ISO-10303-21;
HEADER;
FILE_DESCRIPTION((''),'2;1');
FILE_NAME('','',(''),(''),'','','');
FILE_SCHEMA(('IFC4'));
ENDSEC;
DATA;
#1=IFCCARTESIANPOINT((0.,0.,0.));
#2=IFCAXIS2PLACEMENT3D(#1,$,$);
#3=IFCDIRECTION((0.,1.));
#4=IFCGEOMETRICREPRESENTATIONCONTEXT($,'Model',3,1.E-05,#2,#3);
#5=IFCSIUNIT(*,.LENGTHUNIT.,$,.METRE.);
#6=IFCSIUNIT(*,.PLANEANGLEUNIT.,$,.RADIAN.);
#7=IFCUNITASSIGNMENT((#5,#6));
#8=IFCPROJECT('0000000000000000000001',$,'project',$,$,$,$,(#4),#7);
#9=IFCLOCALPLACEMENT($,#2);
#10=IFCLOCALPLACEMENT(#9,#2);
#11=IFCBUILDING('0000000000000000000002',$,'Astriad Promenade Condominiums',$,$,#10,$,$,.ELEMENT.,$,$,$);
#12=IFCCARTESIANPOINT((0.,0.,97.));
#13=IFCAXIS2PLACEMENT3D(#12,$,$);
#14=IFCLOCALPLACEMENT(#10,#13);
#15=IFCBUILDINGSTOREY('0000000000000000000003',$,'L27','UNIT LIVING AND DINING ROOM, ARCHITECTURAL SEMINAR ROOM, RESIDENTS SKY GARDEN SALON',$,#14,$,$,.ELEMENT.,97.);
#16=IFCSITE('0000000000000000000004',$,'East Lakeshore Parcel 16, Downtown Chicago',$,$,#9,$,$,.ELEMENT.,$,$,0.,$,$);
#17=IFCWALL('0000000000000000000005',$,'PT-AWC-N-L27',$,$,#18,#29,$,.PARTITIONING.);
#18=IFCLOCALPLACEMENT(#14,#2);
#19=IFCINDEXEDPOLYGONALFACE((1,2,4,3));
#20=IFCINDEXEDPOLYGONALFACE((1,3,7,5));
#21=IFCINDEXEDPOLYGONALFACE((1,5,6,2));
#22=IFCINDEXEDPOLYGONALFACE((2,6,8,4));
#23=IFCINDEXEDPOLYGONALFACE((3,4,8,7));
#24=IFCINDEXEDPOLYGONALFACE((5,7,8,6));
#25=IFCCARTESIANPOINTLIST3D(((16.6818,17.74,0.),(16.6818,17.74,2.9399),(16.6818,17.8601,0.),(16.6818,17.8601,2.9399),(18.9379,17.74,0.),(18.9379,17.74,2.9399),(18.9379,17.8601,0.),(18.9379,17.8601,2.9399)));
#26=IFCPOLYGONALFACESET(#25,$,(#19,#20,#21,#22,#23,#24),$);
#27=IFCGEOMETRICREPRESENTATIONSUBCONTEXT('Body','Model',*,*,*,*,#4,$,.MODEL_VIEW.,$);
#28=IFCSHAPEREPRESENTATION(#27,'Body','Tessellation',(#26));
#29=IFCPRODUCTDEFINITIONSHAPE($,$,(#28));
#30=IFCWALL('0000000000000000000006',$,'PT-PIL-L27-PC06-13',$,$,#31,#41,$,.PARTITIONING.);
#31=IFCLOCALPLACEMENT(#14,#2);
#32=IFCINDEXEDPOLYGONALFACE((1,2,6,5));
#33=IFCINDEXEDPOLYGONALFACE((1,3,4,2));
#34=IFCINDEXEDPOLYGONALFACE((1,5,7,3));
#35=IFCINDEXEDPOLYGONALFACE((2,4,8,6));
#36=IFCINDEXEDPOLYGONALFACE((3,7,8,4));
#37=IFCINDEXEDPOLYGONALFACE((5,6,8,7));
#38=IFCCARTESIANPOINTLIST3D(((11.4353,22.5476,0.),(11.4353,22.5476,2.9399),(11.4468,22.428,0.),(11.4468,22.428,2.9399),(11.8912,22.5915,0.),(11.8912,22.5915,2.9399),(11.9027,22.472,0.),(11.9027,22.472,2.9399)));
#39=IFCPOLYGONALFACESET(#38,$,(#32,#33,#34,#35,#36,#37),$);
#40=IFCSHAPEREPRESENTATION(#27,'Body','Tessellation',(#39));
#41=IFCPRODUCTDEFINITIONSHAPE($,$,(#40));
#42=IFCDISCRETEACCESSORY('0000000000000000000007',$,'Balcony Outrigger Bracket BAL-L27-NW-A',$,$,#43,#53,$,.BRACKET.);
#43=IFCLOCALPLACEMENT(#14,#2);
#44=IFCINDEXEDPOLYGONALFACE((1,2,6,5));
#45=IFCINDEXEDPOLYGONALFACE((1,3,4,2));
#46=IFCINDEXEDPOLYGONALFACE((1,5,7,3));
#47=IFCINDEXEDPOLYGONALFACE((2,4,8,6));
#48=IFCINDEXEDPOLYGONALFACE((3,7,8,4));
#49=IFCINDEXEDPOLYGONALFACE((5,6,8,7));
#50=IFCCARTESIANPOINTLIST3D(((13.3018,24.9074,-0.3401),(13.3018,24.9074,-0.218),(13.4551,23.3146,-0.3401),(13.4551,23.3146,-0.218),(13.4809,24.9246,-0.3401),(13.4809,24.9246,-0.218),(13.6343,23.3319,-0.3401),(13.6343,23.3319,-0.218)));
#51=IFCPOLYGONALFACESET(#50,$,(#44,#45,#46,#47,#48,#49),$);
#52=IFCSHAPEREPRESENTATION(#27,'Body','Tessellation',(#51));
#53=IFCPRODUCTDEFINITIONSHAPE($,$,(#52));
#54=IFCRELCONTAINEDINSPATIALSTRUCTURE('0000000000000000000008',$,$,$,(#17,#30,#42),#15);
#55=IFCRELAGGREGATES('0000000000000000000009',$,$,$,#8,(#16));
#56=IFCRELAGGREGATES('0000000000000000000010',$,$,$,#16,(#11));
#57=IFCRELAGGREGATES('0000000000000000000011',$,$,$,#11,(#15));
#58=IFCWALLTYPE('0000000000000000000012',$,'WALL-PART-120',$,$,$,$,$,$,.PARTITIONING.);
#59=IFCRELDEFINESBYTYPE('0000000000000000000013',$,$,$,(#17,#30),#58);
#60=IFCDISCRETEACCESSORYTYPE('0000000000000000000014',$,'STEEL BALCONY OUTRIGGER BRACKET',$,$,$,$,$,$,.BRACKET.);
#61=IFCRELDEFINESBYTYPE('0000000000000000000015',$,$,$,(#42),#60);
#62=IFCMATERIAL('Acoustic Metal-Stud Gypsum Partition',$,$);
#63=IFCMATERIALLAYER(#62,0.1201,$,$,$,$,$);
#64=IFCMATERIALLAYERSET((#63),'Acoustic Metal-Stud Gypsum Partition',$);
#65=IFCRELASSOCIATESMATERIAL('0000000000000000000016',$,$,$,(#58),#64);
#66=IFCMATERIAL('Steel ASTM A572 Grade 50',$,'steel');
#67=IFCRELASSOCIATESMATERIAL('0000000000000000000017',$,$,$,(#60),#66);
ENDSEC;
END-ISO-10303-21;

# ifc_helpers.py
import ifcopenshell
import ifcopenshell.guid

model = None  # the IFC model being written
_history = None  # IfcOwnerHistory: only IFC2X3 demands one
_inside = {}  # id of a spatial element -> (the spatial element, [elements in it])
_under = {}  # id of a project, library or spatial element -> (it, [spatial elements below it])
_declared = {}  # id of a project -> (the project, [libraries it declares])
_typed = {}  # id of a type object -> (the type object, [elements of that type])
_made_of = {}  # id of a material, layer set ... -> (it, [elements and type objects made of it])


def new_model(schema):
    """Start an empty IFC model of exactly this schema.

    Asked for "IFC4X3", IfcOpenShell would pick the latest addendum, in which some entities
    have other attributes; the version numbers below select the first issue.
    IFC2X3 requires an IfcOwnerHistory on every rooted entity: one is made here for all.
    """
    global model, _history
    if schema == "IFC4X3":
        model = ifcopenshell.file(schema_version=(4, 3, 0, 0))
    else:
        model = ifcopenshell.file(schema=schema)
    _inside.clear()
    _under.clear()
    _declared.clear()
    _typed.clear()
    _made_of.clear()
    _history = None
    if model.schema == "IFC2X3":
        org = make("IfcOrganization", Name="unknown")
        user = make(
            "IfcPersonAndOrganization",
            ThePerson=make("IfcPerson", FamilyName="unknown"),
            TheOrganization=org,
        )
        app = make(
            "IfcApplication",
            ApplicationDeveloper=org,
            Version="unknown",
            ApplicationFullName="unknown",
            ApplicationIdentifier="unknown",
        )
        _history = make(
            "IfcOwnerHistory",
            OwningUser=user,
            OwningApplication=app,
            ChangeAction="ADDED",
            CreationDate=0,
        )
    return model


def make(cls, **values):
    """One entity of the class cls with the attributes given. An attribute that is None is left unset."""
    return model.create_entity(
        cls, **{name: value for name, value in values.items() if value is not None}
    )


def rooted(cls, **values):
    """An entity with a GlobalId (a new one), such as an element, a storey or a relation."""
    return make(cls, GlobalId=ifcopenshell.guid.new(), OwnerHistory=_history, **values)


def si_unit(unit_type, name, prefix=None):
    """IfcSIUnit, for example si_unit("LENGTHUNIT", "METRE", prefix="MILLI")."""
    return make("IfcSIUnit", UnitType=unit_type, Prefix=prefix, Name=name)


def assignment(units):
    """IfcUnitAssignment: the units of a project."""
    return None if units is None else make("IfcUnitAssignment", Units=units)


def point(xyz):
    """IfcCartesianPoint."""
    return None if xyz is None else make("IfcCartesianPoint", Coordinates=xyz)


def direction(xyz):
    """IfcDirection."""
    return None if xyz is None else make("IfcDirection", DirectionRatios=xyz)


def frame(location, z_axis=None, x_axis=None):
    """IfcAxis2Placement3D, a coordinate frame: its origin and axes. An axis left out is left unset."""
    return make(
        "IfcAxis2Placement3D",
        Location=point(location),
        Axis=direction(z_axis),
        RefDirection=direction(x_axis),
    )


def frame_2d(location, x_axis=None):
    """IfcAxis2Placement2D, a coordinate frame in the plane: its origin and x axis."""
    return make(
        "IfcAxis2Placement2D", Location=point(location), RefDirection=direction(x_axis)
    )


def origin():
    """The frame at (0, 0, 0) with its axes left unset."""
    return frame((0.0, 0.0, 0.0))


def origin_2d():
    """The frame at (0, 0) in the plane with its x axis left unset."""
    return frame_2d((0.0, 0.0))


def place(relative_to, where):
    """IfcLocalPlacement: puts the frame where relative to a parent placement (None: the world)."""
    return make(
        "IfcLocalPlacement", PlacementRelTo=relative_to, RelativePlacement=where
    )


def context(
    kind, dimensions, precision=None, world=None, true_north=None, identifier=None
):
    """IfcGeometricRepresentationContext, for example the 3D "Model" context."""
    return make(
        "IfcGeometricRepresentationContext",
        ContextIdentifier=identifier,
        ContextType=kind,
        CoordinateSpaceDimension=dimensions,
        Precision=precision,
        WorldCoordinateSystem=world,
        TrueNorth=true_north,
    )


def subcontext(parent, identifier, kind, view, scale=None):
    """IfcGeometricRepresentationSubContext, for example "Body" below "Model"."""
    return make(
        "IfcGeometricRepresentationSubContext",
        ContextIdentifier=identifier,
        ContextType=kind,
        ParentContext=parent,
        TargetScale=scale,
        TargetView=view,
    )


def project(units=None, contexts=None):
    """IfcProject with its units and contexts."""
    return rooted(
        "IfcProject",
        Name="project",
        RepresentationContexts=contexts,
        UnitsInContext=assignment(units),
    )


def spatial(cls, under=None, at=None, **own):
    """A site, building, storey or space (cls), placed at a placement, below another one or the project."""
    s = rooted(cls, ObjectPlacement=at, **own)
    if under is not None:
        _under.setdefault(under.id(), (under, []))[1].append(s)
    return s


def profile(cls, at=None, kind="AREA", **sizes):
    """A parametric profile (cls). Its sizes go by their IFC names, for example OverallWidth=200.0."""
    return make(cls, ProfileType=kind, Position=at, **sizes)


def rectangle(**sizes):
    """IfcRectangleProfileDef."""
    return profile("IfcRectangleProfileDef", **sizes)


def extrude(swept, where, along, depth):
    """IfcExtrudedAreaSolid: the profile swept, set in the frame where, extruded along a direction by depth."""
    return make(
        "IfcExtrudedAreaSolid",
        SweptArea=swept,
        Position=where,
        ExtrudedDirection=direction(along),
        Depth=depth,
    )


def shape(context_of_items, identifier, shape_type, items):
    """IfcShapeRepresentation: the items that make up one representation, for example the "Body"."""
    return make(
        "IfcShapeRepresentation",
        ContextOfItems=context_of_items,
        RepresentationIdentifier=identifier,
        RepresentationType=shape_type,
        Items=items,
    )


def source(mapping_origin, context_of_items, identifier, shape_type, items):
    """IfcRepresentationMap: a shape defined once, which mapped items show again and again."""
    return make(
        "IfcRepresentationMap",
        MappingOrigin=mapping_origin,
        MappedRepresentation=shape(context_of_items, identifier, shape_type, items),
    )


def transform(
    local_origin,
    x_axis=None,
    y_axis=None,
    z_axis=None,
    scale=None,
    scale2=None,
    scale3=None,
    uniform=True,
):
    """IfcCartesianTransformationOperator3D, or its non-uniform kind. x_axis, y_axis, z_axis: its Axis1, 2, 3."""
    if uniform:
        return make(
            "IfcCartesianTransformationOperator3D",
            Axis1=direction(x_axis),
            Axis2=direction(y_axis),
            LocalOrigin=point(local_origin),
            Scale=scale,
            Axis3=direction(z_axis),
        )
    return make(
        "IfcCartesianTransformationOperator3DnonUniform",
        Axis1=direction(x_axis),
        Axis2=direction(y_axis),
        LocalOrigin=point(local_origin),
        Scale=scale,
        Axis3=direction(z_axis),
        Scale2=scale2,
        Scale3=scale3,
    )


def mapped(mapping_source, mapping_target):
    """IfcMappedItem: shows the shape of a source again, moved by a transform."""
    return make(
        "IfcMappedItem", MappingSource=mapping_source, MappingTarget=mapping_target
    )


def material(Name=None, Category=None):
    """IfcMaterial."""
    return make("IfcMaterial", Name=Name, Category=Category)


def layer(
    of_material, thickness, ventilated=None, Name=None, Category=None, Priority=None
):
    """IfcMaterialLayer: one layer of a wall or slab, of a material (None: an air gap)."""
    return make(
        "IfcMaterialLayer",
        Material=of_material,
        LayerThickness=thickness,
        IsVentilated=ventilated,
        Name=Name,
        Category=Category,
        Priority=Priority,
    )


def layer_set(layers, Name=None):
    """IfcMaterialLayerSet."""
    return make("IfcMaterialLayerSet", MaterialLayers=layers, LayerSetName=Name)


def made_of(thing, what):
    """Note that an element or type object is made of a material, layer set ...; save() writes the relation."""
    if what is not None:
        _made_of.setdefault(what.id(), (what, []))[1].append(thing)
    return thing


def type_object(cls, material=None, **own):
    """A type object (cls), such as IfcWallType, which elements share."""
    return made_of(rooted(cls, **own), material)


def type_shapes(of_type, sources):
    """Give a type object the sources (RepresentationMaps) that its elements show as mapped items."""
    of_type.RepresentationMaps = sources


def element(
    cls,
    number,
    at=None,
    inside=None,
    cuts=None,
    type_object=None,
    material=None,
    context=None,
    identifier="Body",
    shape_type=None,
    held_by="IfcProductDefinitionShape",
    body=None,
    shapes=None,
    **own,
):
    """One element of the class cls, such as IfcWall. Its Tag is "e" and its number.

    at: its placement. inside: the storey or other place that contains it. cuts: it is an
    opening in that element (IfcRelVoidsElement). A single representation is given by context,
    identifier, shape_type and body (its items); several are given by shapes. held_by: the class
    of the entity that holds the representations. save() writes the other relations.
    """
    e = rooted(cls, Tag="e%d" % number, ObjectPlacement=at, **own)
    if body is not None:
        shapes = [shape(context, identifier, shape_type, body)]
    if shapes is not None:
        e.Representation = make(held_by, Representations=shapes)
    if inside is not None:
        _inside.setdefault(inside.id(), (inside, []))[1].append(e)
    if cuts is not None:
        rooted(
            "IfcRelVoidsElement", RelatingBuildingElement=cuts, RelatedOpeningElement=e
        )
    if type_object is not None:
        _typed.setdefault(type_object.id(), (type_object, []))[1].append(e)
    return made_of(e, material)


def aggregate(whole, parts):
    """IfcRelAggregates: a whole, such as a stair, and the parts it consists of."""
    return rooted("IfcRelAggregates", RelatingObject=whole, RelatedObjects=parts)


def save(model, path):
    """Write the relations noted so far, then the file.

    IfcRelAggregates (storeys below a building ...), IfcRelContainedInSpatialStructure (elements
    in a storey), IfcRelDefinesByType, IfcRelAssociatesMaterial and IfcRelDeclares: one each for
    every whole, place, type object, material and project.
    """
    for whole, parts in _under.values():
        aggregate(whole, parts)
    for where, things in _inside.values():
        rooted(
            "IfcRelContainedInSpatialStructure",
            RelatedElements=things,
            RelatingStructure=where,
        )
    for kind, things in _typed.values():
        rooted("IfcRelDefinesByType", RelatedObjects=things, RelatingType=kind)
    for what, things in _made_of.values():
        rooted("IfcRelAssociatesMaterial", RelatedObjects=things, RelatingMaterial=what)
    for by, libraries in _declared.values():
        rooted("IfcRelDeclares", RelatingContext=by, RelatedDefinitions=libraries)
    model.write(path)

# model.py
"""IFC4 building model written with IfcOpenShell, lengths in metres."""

from ifc_helpers import new_model, si_unit, direction, frame, frame_2d, origin, origin_2d, place, context, subcontext, project, spatial, rectangle, extrude, source, transform, mapped, material, layer, layer_set, type_object, type_shapes, element, save


model = new_model("IFC4")

# Units and contexts
model_context = context("Model", 3, precision=1e-05, world=origin(), true_north=direction((0.0, 1.0)))
body_context = subcontext(model_context, "Body", "Model", "MODEL_VIEW")
ifc_project = project(units=[si_unit("LENGTHUNIT", "METRE"), si_unit("PLANEANGLEUNIT", "RADIAN")], contexts=[model_context])

# Site, building, storey
site_placement = place(None, origin())
site = spatial("IfcSite", under=ifc_project, at=site_placement, Name="East Lakeshore Parcel 16, Downtown Chicago", CompositionType="ELEMENT", RefElevation=0.0)
building_placement = place(site_placement, origin())
building = spatial("IfcBuilding", under=site, at=building_placement, Name="Astriad Promenade Condominiums", CompositionType="ELEMENT")
storey_placement = place(building_placement, frame((0.0, 0.0, 97.0)))
storey = spatial("IfcBuildingStorey", under=building, at=storey_placement, Name="L27", Description="UNIT LIVING AND DINING ROOM, ARCHITECTURAL SEMINAR ROOM, RESIDENTS SKY GARDEN SALON", CompositionType="ELEMENT", Elevation=97.0)

# Shared definitions
ifc_material_1 = material(Name="Acoustic Metal-Stud Gypsum Partition")
ifc_layer_1 = layer(ifc_material_1, 0.1201)
ifc_layer_set_1 = layer_set([ifc_layer_1], Name="Acoustic Metal-Stud Gypsum Partition")
wall_type_1 = type_object("IfcWallType", Name="WALL-PART-120", PredefinedType="PARTITIONING", material=ifc_layer_set_1)

# Walls
wall_1_placement = place(storey_placement, frame((16.6819, 17.8, 0.0), z_axis=(0.0, 0.0, 1.0), x_axis=(1.0, 0.0, 0.0)))
element("IfcWall", 1, at=wall_1_placement, inside=storey, type_object=wall_type_1, Name="PT-AWC-N-L27", PredefinedType="PARTITIONING", context=body_context, shape_type="SweptSolid", body=[
    extrude(rectangle(XDim=2.2561, YDim=0.1201, at=frame_2d((1.1279, 0.0))), origin(), (0.0, 0.0, 1.0), 2.9399),
])
wall_2_placement = place(storey_placement, frame((11.897, 22.5317, 0.0), z_axis=(0.0, 0.0, 1.0), x_axis=(-0.995385, -0.095966, 0.0)))
element("IfcWall", 2, at=wall_2_placement, inside=storey, type_object=wall_type_1, Name="PT-PIL-L27-PC06-13", PredefinedType="PARTITIONING", context=body_context, shape_type="SweptSolid", body=[
    extrude(rectangle(XDim=0.458, YDim=0.1201, at=frame_2d((0.229, 0.0))), origin(), (0.0, 0.0, 1.0), 2.9399),
])

# Discrete accessory
ifc_material_2 = material(Name="Steel ASTM A572 Grade 50", Category="steel")
discrete_accessory_type = type_object("IfcDiscreteAccessoryType", Name="STEEL BALCONY OUTRIGGER BRACKET", PredefinedType="BRACKET", material=ifc_material_2)
shared_shape_1 = source(origin(), body_context, "Body", "SweptSolid", [
    extrude(rectangle(XDim=1.6001, YDim=0.1799, at=origin_2d()), origin(), (0.0, 0.0, 1.0), 0.1221),
])
type_shapes(discrete_accessory_type, [shared_shape_1])
discrete_accessory_placement = place(storey_placement, frame((13.468, 24.1196, -0.3401), z_axis=(0.0, 0.0, 1.0), x_axis=(-0.095846, 0.995396, 0.0)))
element("IfcDiscreteAccessory", 3, at=discrete_accessory_placement, inside=storey, type_object=discrete_accessory_type, Name="Balcony Outrigger Bracket BAL-L27-NW-A", PredefinedType="BRACKET", context=body_context, shape_type="MappedRepresentation", body=[
    mapped(shared_shape_1, transform((0.0, 0.0, 0.0), scale=1.0)),
])

save(model, "model.ifc")
